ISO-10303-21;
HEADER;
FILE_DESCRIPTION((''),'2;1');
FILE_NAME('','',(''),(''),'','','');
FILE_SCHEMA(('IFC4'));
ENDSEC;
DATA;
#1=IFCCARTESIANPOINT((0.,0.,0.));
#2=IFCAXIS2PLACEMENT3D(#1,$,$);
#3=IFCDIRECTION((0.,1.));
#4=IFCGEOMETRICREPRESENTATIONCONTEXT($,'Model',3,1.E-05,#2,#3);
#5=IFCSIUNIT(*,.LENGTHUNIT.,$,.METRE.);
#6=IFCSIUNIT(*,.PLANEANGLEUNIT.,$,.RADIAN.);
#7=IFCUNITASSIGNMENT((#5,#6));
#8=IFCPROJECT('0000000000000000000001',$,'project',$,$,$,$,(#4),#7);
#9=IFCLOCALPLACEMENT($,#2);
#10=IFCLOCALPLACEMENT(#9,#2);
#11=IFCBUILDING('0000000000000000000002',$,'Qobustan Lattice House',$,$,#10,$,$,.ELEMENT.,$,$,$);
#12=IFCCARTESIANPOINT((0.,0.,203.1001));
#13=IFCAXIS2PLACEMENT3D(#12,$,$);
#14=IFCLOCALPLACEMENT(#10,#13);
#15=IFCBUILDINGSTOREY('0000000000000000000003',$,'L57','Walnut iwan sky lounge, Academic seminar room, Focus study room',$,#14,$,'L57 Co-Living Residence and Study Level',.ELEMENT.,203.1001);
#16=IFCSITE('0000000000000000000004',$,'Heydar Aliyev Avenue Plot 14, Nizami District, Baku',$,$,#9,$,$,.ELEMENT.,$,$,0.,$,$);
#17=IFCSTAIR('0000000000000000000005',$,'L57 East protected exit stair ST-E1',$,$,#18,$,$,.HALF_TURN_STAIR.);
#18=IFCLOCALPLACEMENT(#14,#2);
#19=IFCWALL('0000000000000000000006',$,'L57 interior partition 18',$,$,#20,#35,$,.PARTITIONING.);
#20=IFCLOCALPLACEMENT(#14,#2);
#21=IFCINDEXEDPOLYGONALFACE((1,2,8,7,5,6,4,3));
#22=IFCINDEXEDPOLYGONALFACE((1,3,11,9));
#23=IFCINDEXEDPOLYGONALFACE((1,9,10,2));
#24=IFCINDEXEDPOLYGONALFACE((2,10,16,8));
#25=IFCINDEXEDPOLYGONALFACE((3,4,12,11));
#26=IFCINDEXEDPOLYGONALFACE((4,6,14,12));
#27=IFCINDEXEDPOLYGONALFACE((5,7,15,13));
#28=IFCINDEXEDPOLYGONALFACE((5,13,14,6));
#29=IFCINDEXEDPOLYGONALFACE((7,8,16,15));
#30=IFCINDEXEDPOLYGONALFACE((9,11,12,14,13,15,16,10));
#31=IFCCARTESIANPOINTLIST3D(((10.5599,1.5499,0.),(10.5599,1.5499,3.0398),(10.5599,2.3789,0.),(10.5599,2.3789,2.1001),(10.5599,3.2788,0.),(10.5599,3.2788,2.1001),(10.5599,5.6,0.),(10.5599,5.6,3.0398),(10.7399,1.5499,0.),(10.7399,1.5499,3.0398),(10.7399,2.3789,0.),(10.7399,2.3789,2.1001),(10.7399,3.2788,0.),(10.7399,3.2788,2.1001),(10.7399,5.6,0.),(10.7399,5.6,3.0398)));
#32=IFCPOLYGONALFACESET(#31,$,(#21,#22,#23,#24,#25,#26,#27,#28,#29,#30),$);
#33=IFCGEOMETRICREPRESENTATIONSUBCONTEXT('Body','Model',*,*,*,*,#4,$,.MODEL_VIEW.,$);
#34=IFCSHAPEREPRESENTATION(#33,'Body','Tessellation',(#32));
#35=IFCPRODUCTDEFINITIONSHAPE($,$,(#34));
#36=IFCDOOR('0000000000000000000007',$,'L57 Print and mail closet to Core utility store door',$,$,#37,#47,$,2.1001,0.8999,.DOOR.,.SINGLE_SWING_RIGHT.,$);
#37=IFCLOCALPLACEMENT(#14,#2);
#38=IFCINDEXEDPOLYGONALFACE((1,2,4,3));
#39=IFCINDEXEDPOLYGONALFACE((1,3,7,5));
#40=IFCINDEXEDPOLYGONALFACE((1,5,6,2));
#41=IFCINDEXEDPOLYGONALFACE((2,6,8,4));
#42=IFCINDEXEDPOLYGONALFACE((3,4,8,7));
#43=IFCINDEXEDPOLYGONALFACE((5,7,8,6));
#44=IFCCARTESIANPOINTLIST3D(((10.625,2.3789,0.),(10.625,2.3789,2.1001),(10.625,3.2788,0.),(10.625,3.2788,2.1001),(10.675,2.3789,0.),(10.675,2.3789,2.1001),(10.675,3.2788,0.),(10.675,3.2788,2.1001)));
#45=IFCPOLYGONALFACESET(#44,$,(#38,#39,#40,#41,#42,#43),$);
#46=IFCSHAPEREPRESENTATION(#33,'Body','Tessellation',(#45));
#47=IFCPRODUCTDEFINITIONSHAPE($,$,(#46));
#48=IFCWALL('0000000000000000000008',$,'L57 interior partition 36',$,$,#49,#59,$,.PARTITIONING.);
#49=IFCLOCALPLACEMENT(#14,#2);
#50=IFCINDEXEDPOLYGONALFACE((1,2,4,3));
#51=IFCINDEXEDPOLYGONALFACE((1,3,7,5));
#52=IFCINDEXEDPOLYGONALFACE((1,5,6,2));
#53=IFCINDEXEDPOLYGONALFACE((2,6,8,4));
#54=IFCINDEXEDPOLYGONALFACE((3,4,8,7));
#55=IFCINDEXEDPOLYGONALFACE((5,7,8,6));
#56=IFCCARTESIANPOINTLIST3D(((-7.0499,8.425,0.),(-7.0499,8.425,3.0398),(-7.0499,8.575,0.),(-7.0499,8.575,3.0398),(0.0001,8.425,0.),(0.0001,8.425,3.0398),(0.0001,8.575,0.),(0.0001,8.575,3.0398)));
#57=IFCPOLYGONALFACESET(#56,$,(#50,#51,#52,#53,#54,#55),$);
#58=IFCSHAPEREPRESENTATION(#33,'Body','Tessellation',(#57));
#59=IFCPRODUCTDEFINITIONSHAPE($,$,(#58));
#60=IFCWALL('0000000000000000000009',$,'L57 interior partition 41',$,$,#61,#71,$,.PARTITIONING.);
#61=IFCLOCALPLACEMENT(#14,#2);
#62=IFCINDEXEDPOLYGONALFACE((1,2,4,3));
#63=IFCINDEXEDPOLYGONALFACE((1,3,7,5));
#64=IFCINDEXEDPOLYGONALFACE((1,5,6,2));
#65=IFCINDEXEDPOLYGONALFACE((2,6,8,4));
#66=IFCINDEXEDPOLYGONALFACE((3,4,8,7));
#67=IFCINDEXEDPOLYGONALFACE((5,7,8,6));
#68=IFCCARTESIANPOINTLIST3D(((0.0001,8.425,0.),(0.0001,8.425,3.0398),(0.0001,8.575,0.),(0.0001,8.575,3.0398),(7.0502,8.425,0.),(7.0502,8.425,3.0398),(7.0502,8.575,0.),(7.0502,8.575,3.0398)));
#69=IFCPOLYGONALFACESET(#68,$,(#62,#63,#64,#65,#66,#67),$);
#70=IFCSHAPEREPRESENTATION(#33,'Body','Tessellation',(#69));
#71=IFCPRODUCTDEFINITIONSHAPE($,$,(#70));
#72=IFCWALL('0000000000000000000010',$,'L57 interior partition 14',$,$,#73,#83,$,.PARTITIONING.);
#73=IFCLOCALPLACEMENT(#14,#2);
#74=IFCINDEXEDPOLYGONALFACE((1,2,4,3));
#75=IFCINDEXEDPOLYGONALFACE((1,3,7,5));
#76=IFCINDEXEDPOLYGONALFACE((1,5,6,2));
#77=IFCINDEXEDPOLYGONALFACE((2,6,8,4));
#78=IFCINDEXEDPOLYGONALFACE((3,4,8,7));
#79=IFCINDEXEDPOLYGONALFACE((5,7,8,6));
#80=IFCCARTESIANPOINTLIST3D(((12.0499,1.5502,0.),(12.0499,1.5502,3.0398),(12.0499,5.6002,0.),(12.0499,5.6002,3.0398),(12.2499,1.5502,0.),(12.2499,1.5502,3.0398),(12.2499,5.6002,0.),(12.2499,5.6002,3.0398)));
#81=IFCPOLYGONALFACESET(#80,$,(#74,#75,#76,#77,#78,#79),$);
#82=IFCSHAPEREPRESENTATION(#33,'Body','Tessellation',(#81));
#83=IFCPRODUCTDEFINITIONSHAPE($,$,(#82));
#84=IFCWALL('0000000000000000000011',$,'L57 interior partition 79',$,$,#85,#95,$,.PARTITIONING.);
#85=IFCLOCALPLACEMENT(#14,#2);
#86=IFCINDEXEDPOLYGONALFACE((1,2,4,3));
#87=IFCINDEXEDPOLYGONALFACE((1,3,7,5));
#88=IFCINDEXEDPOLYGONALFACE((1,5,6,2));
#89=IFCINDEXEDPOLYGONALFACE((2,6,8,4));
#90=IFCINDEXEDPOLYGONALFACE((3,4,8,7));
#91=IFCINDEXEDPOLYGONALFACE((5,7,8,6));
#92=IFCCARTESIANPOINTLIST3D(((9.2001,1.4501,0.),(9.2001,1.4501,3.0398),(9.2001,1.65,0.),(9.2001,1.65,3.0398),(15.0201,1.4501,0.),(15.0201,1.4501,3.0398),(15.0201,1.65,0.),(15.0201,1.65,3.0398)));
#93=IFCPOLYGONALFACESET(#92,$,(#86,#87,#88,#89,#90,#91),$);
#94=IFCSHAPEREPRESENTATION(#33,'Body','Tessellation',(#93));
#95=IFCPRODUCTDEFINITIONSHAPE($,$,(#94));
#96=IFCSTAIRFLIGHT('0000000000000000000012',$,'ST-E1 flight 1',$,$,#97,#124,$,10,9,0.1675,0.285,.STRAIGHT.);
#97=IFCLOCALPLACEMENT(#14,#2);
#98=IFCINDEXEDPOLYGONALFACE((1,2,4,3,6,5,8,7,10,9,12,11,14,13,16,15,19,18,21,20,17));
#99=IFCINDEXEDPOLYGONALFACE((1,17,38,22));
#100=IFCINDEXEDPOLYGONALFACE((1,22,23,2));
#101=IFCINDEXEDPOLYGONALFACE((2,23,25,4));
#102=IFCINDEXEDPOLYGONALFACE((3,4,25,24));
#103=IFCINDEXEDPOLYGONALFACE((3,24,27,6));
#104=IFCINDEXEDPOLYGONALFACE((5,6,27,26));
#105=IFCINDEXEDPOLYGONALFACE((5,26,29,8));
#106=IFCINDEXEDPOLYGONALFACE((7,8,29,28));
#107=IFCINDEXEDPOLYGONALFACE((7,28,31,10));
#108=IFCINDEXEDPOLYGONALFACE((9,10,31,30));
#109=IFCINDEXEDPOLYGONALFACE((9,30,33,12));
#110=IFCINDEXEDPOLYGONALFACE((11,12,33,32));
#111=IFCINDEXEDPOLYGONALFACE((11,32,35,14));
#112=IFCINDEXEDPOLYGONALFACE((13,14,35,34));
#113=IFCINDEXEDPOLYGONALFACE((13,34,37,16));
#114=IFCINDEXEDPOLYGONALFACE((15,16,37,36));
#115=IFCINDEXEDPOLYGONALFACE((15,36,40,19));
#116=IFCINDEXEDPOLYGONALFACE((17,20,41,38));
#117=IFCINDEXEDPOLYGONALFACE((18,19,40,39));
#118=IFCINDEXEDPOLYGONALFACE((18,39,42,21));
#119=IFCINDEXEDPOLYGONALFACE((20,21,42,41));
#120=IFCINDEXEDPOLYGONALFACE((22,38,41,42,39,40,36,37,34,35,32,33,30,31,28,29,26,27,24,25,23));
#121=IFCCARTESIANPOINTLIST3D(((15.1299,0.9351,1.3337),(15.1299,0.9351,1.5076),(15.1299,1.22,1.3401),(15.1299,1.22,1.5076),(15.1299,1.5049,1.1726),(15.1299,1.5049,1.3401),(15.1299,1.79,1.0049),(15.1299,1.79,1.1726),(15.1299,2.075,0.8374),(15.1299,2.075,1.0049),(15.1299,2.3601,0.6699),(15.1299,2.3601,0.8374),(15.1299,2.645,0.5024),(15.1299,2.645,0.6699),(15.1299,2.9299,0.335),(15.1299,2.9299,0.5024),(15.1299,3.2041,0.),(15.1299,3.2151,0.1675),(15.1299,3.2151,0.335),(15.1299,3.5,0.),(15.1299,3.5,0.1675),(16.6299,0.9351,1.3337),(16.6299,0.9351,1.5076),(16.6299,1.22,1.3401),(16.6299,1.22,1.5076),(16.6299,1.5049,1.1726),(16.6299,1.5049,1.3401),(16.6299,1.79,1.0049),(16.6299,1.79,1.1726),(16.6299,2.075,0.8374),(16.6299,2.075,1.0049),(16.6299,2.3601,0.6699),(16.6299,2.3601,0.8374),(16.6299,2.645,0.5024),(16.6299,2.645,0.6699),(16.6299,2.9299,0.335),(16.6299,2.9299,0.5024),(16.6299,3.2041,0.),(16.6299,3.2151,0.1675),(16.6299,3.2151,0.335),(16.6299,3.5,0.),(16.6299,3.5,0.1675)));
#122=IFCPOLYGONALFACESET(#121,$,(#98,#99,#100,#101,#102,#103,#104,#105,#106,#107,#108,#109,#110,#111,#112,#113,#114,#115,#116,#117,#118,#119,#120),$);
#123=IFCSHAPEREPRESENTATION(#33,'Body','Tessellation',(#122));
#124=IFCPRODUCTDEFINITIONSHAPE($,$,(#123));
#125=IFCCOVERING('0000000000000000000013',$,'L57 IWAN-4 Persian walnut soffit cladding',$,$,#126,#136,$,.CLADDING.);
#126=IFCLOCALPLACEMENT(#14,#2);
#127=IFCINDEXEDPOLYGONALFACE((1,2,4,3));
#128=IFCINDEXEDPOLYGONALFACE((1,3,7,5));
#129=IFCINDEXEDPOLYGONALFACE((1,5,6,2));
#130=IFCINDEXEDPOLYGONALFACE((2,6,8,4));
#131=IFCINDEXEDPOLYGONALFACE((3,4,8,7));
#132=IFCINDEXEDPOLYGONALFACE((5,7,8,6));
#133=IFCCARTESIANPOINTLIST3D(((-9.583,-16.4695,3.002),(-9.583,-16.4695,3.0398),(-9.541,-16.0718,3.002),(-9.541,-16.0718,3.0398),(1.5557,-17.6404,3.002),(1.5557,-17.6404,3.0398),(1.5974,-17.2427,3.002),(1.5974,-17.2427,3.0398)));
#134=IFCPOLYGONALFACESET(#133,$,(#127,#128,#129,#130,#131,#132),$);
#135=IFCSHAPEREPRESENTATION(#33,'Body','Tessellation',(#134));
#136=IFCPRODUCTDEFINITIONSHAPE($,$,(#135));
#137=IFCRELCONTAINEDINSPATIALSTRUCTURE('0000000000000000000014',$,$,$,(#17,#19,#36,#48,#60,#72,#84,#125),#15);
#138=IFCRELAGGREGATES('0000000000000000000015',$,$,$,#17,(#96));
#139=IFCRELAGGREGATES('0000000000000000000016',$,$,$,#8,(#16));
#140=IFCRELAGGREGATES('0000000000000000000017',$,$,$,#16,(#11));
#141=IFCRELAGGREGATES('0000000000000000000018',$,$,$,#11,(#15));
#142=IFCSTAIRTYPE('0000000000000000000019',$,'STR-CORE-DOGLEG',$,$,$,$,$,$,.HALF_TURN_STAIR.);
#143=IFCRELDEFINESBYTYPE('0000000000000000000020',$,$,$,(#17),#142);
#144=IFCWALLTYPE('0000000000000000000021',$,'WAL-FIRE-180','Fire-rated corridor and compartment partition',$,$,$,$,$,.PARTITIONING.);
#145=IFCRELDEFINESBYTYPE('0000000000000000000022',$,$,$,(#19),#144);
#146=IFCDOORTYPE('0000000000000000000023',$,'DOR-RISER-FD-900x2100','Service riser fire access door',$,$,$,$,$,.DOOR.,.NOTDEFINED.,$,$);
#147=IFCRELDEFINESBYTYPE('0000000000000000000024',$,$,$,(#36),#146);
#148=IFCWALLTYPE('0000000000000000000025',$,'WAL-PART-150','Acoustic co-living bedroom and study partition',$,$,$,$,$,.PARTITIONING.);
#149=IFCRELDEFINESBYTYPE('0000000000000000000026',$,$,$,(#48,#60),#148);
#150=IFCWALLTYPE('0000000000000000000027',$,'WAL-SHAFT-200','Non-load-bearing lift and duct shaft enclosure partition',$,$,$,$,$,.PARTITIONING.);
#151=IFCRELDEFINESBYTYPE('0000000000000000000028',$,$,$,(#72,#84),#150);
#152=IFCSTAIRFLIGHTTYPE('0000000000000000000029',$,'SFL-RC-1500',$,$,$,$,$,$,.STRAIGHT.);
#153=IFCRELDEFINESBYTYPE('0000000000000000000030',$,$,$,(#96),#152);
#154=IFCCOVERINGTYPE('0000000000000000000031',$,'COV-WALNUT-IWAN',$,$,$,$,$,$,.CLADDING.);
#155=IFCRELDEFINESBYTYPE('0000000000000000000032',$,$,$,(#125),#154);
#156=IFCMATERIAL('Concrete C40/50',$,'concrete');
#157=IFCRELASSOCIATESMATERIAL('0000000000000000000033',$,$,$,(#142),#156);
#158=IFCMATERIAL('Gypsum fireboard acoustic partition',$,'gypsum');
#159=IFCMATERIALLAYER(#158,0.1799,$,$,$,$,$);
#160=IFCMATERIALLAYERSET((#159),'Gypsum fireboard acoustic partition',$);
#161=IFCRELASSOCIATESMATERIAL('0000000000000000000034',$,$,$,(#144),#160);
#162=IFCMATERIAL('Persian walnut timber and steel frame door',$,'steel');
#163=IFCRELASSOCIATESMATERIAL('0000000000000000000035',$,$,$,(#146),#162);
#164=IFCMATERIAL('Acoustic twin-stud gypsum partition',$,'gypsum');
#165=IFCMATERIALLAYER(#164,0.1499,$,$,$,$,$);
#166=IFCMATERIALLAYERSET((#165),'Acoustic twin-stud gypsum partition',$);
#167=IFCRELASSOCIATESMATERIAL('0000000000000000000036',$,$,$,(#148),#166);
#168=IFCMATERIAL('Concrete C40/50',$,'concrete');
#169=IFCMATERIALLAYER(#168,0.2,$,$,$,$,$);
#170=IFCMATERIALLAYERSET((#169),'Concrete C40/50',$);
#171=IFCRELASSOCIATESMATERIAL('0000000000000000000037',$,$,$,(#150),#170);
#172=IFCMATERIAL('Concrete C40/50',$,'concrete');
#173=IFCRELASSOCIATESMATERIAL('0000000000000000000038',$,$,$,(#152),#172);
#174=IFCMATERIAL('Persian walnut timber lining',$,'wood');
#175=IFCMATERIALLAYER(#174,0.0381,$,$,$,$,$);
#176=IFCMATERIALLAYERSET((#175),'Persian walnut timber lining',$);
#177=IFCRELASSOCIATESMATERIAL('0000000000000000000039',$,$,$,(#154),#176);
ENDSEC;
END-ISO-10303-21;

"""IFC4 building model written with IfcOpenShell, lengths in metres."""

from ifc_helpers import new_model, si_unit, direction, frame, frame_2d, origin, place, context, subcontext, project, spatial, polyline, rectangle, outline, extrude, material, layer, layer_set, type_object, element, fill, aggregate, save


model = new_model("IFC4")

# Units and contexts
model_context = context("Model", 3, precision=1e-05, world=origin(), true_north=direction((0.0, 1.0)))
body_context = subcontext(model_context, "Body", "Model", "MODEL_VIEW")
ifc_project = project(units=[si_unit("LENGTHUNIT", "METRE"), si_unit("PLANEANGLEUNIT", "RADIAN")], contexts=[model_context])

# Site, building, storey
site_placement = place(None, origin())
site = spatial("IfcSite", under=ifc_project, at=site_placement, Name="Heydar Aliyev Avenue Plot 14, Nizami District, Baku", CompositionType="ELEMENT", RefElevation=0.0)
building_placement = place(site_placement, origin())
building = spatial("IfcBuilding", under=site, at=building_placement, Name="Qobustan Lattice House", CompositionType="ELEMENT")
storey_placement = place(building_placement, frame((0.0, 0.0, 203.1001)))
storey = spatial("IfcBuildingStorey", under=building, at=storey_placement, Name="L57", Description="Walnut iwan sky lounge, Academic seminar room, Focus study room", LongName="L57 Co-Living Residence and Study Level", CompositionType="ELEMENT", Elevation=203.1001)

# Stair
ifc_material_1 = material(Name="Concrete C40/50", Category="concrete")
stair_type = type_object("IfcStairType", Name="STR-CORE-DOGLEG", PredefinedType="HALF_TURN_STAIR", material=ifc_material_1)
stair_1_placement = place(storey_placement, origin())
stair_1 = element("IfcStair", 1, at=stair_1_placement, inside=storey, type_object=stair_type, Name="L57 East protected exit stair ST-E1", PredefinedType="HALF_TURN_STAIR")

# Wall, opening, door
ifc_material_2 = material(Name="Gypsum fireboard acoustic partition", Category="gypsum")
ifc_layer_1 = layer(ifc_material_2, 0.1799)
ifc_layer_set_1 = layer_set([ifc_layer_1], Name="Gypsum fireboard acoustic partition")
wall_type_1 = type_object("IfcWallType", Name="WAL-FIRE-180", Description="Fire-rated corridor and compartment partition", PredefinedType="PARTITIONING", material=ifc_layer_set_1)
wall_1_placement = place(storey_placement, frame((10.6499, 1.55, 0.0), z_axis=(0.0, 0.0, 1.0), x_axis=(0.0, 1.0, 0.0)))
wall_1 = element("IfcWall", 2, at=wall_1_placement, inside=storey, type_object=wall_type_1, Name="L57 interior partition 18", PredefinedType="PARTITIONING", context=body_context, shape_type="SweptSolid", body=[
    extrude(rectangle(XDim=4.05, YDim=0.1799, at=frame_2d((2.0249, 0.0))), origin(), (0.0, 0.0, 1.0), 3.0398),
])
opening_1_placement = place(wall_1_placement, frame((0.8289, 0.0, 0.0)))
opening_1 = element("IfcOpeningElement", 3, at=opening_1_placement, cuts=wall_1, PredefinedType="OPENING", context=body_context, shape_type="SweptSolid", body=[
    extrude(rectangle(XDim=0.8999, YDim=2.1001, at=frame_2d((0.45, 1.05))), frame((0.0, 0.0999, 0.0), z_axis=(0.0, -1.0, 0.0), x_axis=(1.0, 0.0, 0.0)), (0.0, 0.0, 1.0), 0.2),
])
ifc_material_3 = material(Name="Persian walnut timber and steel frame door", Category="steel")
door_type_1 = type_object("IfcDoorType", Name="DOR-RISER-FD-900x2100", Description="Service riser fire access door", OperationType="NOTDEFINED", PredefinedType="DOOR", material=ifc_material_3)
door_1_placement = place(opening_1_placement, origin())
door_1 = element("IfcDoor", 4, at=door_1_placement, inside=storey, type_object=door_type_1, Name="L57 Print and mail closet to Core utility store door", OperationType="SINGLE_SWING_RIGHT", OverallHeight=2.1001, OverallWidth=0.8999, PredefinedType="DOOR", context=body_context, shape_type="SweptSolid", body=[
    extrude(rectangle(XDim=0.8999, YDim=2.1001, at=frame_2d((0.45, 1.05))), frame((0.0, 0.0249, 0.0), z_axis=(0.0, -1.0, 0.0), x_axis=(1.0, 0.0, 0.0)), (0.0, 0.0, 1.0), 0.05),
])
fill(opening_1, door_1)

# Walls
ifc_material_4 = material(Name="Acoustic twin-stud gypsum partition", Category="gypsum")
ifc_layer_2 = layer(ifc_material_4, 0.1499)
ifc_layer_set_2 = layer_set([ifc_layer_2], Name="Acoustic twin-stud gypsum partition")
wall_type_2 = type_object("IfcWallType", Name="WAL-PART-150", Description="Acoustic co-living bedroom and study partition", PredefinedType="PARTITIONING", material=ifc_layer_set_2)
for number, where, z_axis, x_axis, name in (
    (5, (0.0, 8.5, 0.0), (0.0, 0.0, 1.0), (-1.0, 0.0, 0.0), "L57 interior partition 36"),
    (6, (7.05, 8.5, 0.0), (0.0, 0.0, 1.0), (-1.0, 0.0, 0.0), "L57 interior partition 41"),
):
    element("IfcWall", number, at=place(storey_placement, frame(where, z_axis=z_axis, x_axis=x_axis)), inside=storey, type_object=wall_type_2, Name=name, PredefinedType="PARTITIONING", context=body_context, shape_type="SweptSolid", body=[
        extrude(rectangle(XDim=7.05, YDim=0.1499, at=frame_2d((3.5249, 0.0))), origin(), (0.0, 0.0, 1.0), 3.0398),
    ])
ifc_material_5 = material(Name="Concrete C40/50", Category="concrete")
ifc_layer_3 = layer(ifc_material_5, 0.2)
ifc_layer_set_3 = layer_set([ifc_layer_3], Name="Concrete C40/50")
wall_type_3 = type_object("IfcWallType", Name="WAL-SHAFT-200", Description="Non-load-bearing lift and duct shaft enclosure partition", PredefinedType="PARTITIONING", material=ifc_layer_set_3)
wall_2_placement = place(storey_placement, frame((12.1499, 5.6001, 0.0), z_axis=(0.0, 0.0, 1.0), x_axis=(0.0, -1.0, 0.0)))
element("IfcWall", 7, at=wall_2_placement, inside=storey, type_object=wall_type_3, Name="L57 interior partition 14", PredefinedType="PARTITIONING", context=body_context, shape_type="SweptSolid", body=[
    extrude(rectangle(XDim=4.05, YDim=0.2, at=frame_2d((2.0249, 0.0))), origin(), (0.0, 0.0, 1.0), 3.0398),
])
wall_3_placement = place(storey_placement, frame((9.2, 1.55, 0.0), z_axis=(0.0, 0.0, 1.0), x_axis=(1.0, 0.0, 0.0)))
element("IfcWall", 8, at=wall_3_placement, inside=storey, type_object=wall_type_3, Name="L57 interior partition 79", PredefinedType="PARTITIONING", context=body_context, shape_type="SweptSolid", body=[
    extrude(rectangle(XDim=5.8201, YDim=0.2, at=frame_2d((2.9102, 0.0))), origin(), (0.0, 0.0, 1.0), 3.0398),
])

# Stair flight
ifc_material_6 = material(Name="Concrete C40/50", Category="concrete")
stair_flight_type = type_object("IfcStairFlightType", Name="SFL-RC-1500", PredefinedType="STRAIGHT", material=ifc_material_6)
stair_flight_placement = place(storey_placement, frame((15.8799, 3.5, 0.0), z_axis=(0.0, 0.0, 1.0), x_axis=(0.0, -1.0, 0.0)))
stair_flight = element("IfcStairFlight", 9, at=stair_flight_placement, type_object=stair_flight_type, Name="ST-E1 flight 1", NumberOfRisers=10, NumberOfTreads=9, PredefinedType="STRAIGHT", RiserHeight=0.1675, TreadLength=0.285, context=body_context, shape_type="SweptSolid", body=[
    extrude(outline(polyline([(0.0, 0.0), (0.0, 0.1675), (0.2849, 0.1675), (0.2849, 0.335), (0.5701, 0.335), (0.5701, 0.5024), (0.855, 0.5024), (0.855, 0.6699), (1.1399, 0.6699), (1.1399, 0.8374), (1.425, 0.8374), (1.425, 1.0049), (1.71, 1.0049), (1.71, 1.1726), (1.9951, 1.1726), (1.9951, 1.3401), (2.28, 1.3401), (2.28, 1.5076), (2.5649, 1.5076), (2.5649, 1.675), (2.5649, 1.3337), (0.2959, 0.0), (0.0, 0.0)])), frame((0.0, 0.75, 0.0), z_axis=(0.0, -1.0, 0.0), x_axis=(1.0, 0.0, 0.0)), (0.0, 0.0, 1.0), 1.5),
])
aggregate(stair_1, [stair_flight])

# Covering
ifc_material_7 = material(Name="Persian walnut timber lining", Category="wood")
ifc_layer_4 = layer(ifc_material_7, 0.0381)
ifc_layer_set_4 = layer_set([ifc_layer_4], Name="Persian walnut timber lining")
covering_type = type_object("IfcCoveringType", Name="COV-WALNUT-IWAN", PredefinedType="CLADDING", material=ifc_layer_set_4)
covering_placement = place(storey_placement, frame((0.0, 0.0, 3.002)))
element("IfcCovering", 10, at=covering_placement, inside=storey, type_object=covering_type, Name="L57 IWAN-4 Persian walnut soffit cladding", PredefinedType="CLADDING", context=body_context, shape_type="SweptSolid", body=[
    extrude(outline(polyline([(1.5557, -17.6404), (-9.583, -16.4695), (-9.541, -16.0718), (1.5974, -17.2427), (1.5557, -17.6404)])), origin(), (0.0, 0.0, 1.0), 0.0378),
])

save(model, "model.ifc")
